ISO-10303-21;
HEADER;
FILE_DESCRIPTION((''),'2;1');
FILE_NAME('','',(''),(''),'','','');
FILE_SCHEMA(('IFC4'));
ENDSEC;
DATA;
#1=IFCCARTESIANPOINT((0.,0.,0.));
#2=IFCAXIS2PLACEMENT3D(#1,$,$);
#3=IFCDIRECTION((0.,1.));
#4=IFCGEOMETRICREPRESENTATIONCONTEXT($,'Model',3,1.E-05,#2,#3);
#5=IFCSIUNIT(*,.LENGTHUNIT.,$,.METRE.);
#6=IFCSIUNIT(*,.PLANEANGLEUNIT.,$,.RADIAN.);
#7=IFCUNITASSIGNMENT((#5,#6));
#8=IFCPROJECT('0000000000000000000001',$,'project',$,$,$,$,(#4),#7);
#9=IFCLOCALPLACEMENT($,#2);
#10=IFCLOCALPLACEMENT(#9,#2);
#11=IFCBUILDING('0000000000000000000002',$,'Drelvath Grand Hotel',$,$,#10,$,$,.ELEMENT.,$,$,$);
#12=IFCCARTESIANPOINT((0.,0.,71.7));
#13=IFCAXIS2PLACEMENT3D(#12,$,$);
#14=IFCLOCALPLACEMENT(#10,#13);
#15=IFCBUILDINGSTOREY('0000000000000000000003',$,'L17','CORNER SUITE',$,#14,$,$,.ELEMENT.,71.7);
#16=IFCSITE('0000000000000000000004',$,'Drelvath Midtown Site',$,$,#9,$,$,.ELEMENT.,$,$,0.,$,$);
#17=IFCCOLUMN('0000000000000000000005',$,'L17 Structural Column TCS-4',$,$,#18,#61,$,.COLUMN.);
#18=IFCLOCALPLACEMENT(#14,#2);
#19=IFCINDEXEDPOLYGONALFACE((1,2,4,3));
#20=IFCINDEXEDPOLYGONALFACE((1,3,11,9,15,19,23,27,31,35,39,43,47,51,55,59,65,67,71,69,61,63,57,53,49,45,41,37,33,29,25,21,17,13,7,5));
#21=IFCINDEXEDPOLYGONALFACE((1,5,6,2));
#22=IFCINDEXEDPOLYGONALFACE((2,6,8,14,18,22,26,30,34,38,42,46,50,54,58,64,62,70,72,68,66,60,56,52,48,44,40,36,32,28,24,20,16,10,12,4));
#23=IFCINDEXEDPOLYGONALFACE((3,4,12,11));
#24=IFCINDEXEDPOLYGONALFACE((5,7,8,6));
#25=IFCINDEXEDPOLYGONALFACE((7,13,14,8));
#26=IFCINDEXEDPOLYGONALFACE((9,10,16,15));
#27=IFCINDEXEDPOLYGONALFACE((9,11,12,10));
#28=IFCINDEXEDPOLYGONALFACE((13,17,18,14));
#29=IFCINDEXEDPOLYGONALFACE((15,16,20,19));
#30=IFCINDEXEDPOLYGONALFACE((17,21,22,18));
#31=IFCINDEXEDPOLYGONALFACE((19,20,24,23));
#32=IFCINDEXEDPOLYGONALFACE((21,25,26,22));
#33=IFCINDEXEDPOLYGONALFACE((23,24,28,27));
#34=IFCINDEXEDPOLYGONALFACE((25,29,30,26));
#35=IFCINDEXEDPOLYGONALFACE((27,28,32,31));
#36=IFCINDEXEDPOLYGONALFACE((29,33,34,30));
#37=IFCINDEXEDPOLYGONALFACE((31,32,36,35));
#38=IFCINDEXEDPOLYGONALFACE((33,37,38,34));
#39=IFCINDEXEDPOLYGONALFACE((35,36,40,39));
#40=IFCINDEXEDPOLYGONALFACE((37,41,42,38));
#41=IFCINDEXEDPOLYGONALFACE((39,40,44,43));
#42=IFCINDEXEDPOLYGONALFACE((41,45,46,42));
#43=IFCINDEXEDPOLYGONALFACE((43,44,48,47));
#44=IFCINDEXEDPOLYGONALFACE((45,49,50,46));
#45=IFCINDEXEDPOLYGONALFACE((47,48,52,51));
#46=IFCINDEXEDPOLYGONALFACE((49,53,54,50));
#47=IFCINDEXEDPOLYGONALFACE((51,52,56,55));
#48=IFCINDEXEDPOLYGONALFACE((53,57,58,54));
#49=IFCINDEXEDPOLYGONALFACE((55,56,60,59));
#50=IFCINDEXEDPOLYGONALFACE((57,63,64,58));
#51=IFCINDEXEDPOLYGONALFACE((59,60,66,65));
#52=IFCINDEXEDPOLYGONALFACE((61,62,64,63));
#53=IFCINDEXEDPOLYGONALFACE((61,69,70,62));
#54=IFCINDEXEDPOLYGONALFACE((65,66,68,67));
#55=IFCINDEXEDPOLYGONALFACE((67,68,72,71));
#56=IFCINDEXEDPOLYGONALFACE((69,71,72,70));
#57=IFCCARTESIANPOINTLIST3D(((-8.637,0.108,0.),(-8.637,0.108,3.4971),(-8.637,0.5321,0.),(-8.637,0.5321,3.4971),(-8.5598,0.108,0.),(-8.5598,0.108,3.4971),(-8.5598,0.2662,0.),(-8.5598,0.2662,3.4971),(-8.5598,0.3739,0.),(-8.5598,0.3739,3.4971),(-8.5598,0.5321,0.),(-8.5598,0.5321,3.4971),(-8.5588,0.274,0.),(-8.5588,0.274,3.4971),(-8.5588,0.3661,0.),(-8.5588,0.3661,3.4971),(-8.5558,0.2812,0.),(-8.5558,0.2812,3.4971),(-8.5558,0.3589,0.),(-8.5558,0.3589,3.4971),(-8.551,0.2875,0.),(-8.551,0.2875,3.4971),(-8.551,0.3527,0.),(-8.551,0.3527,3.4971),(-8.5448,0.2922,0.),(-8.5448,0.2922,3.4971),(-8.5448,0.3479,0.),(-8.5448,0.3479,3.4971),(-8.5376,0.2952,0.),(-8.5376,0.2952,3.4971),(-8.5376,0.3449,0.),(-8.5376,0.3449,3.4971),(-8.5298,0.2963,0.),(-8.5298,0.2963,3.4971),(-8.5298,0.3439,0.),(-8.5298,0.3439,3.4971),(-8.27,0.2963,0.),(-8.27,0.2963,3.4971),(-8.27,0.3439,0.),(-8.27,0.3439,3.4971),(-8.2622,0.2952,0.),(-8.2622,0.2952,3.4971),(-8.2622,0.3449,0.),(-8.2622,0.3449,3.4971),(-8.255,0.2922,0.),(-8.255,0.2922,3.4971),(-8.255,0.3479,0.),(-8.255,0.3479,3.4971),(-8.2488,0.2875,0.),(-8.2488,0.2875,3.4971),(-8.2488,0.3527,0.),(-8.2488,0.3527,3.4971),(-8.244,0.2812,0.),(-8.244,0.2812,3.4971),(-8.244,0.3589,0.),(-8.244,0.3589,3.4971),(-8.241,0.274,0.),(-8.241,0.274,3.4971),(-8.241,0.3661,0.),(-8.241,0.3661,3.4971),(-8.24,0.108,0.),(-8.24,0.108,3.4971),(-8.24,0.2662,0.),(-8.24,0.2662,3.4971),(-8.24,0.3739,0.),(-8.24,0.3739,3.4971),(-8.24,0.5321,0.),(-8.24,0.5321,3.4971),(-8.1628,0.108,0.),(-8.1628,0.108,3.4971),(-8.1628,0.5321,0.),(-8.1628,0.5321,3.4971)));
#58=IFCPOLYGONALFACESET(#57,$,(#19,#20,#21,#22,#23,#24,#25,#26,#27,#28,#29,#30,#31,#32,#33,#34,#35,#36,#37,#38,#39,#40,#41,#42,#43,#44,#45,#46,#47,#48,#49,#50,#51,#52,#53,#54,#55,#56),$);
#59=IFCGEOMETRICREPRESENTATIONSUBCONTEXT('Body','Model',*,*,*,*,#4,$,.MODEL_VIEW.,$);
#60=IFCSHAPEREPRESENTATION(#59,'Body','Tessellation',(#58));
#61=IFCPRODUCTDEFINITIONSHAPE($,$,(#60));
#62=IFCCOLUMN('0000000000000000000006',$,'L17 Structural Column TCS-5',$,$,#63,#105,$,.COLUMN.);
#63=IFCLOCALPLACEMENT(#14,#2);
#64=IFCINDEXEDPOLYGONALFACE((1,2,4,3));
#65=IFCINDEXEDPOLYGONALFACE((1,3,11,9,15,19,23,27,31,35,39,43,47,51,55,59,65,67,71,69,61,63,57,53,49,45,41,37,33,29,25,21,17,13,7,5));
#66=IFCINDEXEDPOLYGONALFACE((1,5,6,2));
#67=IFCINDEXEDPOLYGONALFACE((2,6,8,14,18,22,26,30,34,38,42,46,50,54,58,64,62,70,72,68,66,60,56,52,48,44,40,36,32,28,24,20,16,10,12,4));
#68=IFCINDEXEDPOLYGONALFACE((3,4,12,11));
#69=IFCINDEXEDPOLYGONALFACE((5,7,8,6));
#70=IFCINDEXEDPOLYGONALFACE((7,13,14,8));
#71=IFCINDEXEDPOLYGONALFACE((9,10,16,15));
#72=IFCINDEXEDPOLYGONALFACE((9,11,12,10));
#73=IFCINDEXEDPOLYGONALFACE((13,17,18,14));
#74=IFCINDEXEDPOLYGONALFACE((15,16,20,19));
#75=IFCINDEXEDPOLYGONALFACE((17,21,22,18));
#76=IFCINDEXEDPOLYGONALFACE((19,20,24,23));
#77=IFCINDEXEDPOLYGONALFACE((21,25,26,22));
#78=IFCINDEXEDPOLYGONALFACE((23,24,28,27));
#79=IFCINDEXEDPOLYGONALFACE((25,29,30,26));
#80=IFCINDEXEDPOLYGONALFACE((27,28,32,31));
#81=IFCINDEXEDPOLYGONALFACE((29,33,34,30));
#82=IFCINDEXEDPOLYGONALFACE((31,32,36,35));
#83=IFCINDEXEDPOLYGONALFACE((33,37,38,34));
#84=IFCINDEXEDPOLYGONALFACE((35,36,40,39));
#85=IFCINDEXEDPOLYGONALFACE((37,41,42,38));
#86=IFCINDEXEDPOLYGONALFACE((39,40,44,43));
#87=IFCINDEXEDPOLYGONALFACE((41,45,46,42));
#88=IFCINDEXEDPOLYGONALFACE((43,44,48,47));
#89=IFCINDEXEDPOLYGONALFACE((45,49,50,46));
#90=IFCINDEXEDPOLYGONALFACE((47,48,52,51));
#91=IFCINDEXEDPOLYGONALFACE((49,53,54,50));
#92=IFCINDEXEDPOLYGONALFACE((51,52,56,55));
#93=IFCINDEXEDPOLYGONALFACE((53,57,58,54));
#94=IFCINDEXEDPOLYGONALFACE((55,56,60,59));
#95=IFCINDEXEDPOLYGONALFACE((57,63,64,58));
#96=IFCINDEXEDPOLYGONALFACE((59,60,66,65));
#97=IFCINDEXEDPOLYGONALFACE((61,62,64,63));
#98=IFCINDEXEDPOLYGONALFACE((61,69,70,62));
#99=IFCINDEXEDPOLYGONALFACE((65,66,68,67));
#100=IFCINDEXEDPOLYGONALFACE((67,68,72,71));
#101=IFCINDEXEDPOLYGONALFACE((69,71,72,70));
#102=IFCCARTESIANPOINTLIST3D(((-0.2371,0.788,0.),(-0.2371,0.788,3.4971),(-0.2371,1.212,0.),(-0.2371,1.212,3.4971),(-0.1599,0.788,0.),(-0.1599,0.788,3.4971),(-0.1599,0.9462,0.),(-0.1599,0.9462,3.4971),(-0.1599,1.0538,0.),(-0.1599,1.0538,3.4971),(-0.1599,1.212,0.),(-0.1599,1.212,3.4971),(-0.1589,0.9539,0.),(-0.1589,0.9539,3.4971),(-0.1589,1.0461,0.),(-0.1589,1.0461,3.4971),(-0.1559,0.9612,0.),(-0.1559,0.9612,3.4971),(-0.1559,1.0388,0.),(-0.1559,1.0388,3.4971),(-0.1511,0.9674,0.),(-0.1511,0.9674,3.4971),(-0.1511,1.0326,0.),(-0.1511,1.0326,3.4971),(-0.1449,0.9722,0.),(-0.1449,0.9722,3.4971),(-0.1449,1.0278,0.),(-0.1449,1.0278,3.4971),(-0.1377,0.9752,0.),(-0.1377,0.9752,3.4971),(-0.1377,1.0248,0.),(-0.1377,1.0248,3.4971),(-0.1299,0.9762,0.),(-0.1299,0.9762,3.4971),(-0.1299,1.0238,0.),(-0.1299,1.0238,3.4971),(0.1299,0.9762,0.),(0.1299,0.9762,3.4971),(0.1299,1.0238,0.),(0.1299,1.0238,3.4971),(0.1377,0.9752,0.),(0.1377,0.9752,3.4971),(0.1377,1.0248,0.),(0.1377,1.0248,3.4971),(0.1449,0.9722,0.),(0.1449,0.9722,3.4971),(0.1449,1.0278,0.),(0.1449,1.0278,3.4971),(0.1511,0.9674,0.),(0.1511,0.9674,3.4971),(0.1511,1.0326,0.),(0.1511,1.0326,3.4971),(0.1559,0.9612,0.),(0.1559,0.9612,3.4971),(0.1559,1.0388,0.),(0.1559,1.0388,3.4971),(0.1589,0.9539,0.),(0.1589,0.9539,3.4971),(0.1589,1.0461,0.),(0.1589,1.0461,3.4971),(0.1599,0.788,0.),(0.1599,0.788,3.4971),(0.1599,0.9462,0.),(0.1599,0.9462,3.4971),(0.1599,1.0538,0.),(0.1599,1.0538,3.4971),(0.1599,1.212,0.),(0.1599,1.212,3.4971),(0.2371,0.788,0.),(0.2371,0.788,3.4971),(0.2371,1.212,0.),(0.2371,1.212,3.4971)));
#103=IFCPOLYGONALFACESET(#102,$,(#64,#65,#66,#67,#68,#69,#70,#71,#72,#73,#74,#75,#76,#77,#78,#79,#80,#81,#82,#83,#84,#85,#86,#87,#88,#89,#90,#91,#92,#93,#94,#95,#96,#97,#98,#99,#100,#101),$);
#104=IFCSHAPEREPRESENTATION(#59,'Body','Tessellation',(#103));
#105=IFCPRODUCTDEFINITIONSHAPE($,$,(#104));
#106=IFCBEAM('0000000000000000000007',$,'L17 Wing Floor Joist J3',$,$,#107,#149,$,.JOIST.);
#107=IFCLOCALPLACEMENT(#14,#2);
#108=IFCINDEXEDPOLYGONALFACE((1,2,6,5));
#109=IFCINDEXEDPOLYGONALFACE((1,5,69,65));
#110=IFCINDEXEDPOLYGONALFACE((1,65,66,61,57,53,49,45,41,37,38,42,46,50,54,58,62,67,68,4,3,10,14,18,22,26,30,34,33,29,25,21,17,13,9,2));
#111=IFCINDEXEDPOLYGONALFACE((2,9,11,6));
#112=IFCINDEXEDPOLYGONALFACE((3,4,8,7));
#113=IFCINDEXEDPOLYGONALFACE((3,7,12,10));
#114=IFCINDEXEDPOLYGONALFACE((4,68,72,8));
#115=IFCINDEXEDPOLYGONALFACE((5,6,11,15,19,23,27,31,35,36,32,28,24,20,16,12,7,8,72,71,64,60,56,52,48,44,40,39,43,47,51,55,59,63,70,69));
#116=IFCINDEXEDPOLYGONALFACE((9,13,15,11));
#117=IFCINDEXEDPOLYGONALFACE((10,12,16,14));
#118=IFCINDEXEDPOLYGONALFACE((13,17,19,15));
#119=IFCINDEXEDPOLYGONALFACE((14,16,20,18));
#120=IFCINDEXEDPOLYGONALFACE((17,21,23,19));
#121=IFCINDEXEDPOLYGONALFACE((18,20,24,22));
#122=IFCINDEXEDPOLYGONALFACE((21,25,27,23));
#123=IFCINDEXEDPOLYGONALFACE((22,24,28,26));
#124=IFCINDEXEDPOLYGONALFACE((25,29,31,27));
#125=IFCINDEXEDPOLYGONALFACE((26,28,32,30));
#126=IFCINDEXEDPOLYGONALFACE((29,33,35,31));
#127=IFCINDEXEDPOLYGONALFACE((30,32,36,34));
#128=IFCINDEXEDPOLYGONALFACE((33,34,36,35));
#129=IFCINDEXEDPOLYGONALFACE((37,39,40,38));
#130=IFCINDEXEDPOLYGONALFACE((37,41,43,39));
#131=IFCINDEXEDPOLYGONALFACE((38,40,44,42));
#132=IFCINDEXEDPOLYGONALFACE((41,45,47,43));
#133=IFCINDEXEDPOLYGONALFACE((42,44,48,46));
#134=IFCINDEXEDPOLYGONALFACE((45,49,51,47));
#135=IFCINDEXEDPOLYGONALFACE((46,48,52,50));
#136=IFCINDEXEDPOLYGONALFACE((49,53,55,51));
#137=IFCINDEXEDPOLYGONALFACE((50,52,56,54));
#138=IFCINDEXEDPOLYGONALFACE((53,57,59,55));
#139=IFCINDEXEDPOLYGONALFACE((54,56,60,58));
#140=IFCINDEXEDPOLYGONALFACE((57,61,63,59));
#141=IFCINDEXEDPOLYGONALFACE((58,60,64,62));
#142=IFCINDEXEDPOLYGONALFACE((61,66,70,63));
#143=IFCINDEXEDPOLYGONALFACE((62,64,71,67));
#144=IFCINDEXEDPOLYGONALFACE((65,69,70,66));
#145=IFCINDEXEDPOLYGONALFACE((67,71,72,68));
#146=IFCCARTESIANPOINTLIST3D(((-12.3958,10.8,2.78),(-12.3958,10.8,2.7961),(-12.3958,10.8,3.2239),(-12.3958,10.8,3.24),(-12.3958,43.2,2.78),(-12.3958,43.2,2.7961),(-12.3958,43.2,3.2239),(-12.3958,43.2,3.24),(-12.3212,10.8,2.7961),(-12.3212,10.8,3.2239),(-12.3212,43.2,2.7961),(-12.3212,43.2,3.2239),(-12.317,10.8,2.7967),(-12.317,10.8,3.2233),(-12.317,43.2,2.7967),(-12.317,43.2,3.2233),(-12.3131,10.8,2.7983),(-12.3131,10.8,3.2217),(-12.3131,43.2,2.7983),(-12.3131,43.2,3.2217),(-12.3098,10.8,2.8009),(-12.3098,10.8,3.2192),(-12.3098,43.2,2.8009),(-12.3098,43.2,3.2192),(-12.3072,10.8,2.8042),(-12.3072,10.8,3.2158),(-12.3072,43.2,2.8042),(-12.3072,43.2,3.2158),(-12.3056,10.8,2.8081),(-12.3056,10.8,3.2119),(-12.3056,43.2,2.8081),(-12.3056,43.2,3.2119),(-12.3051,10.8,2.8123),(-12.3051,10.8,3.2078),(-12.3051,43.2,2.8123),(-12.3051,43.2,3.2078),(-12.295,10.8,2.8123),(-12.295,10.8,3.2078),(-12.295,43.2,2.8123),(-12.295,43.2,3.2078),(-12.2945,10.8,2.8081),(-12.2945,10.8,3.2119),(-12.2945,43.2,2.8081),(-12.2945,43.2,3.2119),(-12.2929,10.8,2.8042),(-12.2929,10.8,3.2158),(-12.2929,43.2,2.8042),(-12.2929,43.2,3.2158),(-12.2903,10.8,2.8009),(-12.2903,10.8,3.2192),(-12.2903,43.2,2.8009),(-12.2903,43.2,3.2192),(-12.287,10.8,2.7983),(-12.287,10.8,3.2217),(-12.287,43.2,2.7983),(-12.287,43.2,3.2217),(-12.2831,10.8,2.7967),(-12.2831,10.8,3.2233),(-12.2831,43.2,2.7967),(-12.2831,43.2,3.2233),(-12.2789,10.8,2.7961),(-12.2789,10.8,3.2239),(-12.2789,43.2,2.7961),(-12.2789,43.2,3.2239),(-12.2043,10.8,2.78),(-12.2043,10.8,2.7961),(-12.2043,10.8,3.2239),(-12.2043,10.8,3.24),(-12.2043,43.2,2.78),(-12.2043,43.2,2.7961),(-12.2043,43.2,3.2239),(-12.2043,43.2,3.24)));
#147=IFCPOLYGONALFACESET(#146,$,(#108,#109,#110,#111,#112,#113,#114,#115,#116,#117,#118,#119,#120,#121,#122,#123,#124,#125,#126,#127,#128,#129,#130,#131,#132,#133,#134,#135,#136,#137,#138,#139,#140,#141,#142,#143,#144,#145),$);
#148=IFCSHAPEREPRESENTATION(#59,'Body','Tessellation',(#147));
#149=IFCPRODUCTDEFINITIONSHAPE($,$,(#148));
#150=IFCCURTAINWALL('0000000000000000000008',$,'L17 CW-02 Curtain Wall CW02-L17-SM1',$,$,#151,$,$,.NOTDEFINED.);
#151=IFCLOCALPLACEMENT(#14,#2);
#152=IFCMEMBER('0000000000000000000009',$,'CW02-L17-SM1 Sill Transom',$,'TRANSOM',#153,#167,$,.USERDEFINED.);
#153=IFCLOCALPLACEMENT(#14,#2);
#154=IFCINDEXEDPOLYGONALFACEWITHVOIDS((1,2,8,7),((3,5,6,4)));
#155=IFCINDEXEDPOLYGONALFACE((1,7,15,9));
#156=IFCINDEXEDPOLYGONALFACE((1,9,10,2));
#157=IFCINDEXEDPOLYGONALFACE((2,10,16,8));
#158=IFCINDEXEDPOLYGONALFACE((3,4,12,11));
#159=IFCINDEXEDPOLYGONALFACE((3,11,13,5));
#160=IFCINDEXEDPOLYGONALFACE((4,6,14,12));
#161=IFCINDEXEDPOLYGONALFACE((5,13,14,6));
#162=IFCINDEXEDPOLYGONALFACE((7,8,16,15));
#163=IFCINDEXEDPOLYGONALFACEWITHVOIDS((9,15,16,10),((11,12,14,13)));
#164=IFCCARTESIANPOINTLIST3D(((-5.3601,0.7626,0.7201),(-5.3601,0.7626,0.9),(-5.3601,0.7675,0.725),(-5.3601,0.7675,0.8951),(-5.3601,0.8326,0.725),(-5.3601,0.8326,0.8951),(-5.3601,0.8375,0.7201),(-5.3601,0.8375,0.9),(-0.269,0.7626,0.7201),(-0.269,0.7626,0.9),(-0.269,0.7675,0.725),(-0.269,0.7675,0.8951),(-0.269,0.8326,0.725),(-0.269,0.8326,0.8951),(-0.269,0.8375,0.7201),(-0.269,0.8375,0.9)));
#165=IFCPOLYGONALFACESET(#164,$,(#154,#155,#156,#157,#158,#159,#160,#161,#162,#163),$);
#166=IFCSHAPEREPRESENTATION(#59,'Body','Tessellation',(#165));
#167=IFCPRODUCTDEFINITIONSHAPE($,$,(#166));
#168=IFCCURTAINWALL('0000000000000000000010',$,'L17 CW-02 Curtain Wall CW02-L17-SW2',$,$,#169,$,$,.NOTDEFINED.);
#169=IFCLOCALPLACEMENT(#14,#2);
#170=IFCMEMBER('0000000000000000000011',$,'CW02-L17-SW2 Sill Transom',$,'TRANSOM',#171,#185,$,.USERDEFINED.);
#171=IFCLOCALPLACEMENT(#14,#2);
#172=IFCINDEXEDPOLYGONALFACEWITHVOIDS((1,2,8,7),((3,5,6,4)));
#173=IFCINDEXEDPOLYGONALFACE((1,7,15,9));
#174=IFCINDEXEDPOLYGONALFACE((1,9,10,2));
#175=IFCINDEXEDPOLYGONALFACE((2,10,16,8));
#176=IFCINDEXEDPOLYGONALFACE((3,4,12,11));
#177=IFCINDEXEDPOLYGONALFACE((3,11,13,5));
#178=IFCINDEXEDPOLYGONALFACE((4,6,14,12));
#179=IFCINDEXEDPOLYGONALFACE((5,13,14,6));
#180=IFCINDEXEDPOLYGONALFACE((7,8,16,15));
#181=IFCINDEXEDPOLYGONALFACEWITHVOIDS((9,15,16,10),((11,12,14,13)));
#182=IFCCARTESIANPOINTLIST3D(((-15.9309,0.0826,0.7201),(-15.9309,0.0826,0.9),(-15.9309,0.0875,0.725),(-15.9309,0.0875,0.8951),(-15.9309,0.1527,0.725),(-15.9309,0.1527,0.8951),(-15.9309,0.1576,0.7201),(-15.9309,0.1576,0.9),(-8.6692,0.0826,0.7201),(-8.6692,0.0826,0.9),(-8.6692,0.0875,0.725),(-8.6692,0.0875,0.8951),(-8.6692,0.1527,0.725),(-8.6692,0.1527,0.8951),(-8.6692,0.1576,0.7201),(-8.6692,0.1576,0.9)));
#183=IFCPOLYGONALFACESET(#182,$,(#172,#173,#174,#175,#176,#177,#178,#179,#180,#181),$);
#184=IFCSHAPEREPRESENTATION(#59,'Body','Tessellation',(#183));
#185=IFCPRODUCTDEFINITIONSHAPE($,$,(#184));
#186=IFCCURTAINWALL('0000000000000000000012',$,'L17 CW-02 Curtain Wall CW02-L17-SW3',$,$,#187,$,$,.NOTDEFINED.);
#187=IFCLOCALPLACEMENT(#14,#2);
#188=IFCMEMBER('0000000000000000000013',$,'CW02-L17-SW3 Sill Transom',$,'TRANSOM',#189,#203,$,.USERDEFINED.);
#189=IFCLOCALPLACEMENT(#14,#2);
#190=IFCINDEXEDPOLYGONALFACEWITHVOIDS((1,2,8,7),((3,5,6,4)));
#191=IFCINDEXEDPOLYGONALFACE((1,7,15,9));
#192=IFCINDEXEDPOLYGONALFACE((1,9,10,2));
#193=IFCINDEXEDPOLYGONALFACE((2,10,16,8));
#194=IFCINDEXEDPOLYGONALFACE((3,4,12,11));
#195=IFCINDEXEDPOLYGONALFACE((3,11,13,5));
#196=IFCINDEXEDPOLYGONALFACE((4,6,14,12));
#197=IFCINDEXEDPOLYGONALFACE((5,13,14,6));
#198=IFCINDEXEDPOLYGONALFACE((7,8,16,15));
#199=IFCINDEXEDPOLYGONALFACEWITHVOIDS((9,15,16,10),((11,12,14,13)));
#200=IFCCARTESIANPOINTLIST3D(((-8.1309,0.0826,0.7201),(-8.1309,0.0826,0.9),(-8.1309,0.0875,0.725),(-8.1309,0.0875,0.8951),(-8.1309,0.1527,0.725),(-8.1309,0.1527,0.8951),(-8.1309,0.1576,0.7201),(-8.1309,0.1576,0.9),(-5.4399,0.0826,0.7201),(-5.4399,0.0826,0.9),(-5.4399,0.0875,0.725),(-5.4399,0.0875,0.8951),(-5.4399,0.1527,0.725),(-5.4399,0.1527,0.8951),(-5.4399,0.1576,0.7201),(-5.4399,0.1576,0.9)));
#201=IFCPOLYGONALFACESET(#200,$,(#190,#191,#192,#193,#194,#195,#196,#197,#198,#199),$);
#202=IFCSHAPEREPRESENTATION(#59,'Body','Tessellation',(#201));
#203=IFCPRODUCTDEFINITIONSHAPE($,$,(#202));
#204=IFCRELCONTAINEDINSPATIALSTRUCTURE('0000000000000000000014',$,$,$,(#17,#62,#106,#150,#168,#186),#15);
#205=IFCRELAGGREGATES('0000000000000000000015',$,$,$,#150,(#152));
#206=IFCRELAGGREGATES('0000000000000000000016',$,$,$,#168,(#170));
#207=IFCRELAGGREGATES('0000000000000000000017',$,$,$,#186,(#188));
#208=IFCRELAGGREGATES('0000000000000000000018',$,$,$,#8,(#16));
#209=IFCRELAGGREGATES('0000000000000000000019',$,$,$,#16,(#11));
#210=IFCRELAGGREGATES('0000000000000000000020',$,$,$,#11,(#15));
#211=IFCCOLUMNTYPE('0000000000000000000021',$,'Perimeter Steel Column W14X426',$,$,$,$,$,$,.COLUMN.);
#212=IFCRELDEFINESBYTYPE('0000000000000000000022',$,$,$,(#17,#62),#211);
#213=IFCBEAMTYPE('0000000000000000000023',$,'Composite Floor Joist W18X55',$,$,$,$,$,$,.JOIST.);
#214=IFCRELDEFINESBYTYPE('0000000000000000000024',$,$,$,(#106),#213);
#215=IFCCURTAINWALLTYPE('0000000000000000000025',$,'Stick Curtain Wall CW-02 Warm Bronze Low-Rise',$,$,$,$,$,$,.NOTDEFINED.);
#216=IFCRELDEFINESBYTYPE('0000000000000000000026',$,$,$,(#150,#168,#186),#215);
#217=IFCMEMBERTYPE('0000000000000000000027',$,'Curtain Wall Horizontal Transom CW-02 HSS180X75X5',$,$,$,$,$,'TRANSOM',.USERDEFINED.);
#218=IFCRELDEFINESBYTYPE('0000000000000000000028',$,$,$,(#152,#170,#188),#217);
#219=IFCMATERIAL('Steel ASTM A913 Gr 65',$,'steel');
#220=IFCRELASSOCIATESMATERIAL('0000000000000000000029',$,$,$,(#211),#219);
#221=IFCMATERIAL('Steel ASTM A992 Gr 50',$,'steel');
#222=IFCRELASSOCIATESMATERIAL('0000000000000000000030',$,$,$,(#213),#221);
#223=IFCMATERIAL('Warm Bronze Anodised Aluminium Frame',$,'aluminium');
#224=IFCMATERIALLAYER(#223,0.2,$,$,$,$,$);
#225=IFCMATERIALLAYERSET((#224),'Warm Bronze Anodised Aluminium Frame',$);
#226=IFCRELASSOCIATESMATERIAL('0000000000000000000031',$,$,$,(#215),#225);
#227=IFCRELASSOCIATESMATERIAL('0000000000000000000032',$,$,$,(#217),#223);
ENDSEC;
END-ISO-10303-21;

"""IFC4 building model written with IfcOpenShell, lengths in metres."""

from ifc_helpers import new_model, si_unit, direction, frame, origin, origin_2d, place, context, subcontext, project, spatial, hollow_rectangle, i_section, extrude, material, layer, layer_set, material_profile, profile_set, type_object, element, aggregate, save


model = new_model("IFC4")

# Units and contexts
model_context = context("Model", 3, precision=1e-05, world=origin(), true_north=direction((0.0, 1.0)))
body_context = subcontext(model_context, "Body", "Model", "MODEL_VIEW")
ifc_project = project(units=[si_unit("LENGTHUNIT", "METRE"), si_unit("PLANEANGLEUNIT", "RADIAN")], contexts=[model_context])

# Site, building, storey
site_placement = place(None, origin())
site = spatial("IfcSite", under=ifc_project, at=site_placement, Name="Drelvath Midtown Site", CompositionType="ELEMENT", RefElevation=0.0)
building_placement = place(site_placement, origin())
building = spatial("IfcBuilding", under=site, at=building_placement, Name="Drelvath Grand Hotel", CompositionType="ELEMENT")
storey_placement = place(building_placement, frame((0.0, 0.0, 71.7)))
storey = spatial("IfcBuildingStorey", under=building, at=storey_placement, Name="L17", Description="CORNER SUITE", CompositionType="ELEMENT", Elevation=71.7)

# Columns
ifc_material_1 = material(Name="Steel ASTM A913 Gr 65", Category="steel")
ifc_material_profile_1 = material_profile(ifc_material_1, i_section(OverallWidth=0.4241, OverallDepth=0.4741, WebThickness=0.0476, FlangeThickness=0.0771, FilletRadius=0.03, at=origin_2d()), Name="W14X426")
ifc_profile_set_1 = profile_set([ifc_material_profile_1], Name="Steel ASTM A913 Gr 65")
column_type = type_object("IfcColumnType", Name="Perimeter Steel Column W14X426", PredefinedType="COLUMN", material=ifc_profile_set_1)
for number, where, z_axis, x_axis, name in (
    (1, (-8.3999, 0.3201, 0.0), (0.0, 0.0, 1.0), (0.0, 1.0, 0.0), "L17 Structural Column TCS-4"),
    (2, (0.0, 1.0, 0.0), (0.0, 0.0, 1.0), (0.0, 1.0, 0.0), "L17 Structural Column TCS-5"),
):
    element("IfcColumn", number, at=place(storey_placement, frame(where, z_axis=z_axis, x_axis=x_axis)), inside=storey, type_object=column_type, Name=name, PredefinedType="COLUMN", context=body_context, shape_type="SweptSolid", body=[
        extrude(i_section(OverallWidth=0.4241, OverallDepth=0.4741, WebThickness=0.0476, FlangeThickness=0.0771, FilletRadius=0.03, at=origin_2d()), origin(), (0.0, 0.0, 1.0), 3.4971),
    ])

# Beam
ifc_material_2 = material(Name="Steel ASTM A992 Gr 50", Category="steel")
ifc_material_profile_2 = material_profile(ifc_material_2, i_section(OverallWidth=0.1914, OverallDepth=0.46, WebThickness=0.01, FlangeThickness=0.0161, FilletRadius=0.0161, at=origin_2d()), Name="W18X55")
ifc_profile_set_2 = profile_set([ifc_material_profile_2], Name="Steel ASTM A992 Gr 50")
beam_type_1 = type_object("IfcBeamType", Name="Composite Floor Joist W18X55", PredefinedType="JOIST", material=ifc_profile_set_2)
beam_1_placement = place(storey_placement, frame((-12.3, 10.8, 3.01), z_axis=(0.0, 1.0, 0.0), x_axis=(-1.0, 0.0, 0.0)))
element("IfcBeam", 3, at=beam_1_placement, inside=storey, type_object=beam_type_1, Name="L17 Wing Floor Joist J3", PredefinedType="JOIST", context=body_context, shape_type="SweptSolid", body=[
    extrude(i_section(OverallWidth=0.1914, OverallDepth=0.46, WebThickness=0.01, FlangeThickness=0.0161, FilletRadius=0.0161, at=origin_2d()), origin(), (0.0, 0.0, 1.0), 32.3999),
])

# Curtain walls, members
ifc_material_3 = material(Name="Warm Bronze Anodised Aluminium Frame", Category="aluminium")
ifc_layer_1 = layer(ifc_material_3, 0.2)
ifc_layer_set_1 = layer_set([ifc_layer_1], Name="Warm Bronze Anodised Aluminium Frame")
curtain_wall_type = type_object("IfcCurtainWallType", Name="Stick Curtain Wall CW-02 Warm Bronze Low-Rise", PredefinedType="NOTDEFINED", material=ifc_layer_set_1)
curtain_wall_1_placement = place(storey_placement, origin())
curtain_wall_1 = element("IfcCurtainWall", 4, at=curtain_wall_1_placement, inside=storey, type_object=curtain_wall_type, Name="L17 CW-02 Curtain Wall CW02-L17-SM1", PredefinedType="NOTDEFINED")
ifc_material_profile_3 = material_profile(ifc_material_3, hollow_rectangle(XDim=0.075, YDim=0.1799, WallThickness=0.0049, at=origin_2d()), Name="HSS180X75X5")
ifc_profile_set_3 = profile_set([ifc_material_profile_3], Name="Warm Bronze Anodised Aluminium Frame")
member_type_1 = type_object("IfcMemberType", Name="Curtain Wall Horizontal Transom CW-02 HSS180X75X5", ElementType="TRANSOM", PredefinedType="USERDEFINED", material=ifc_profile_set_3)
member_1_placement = place(storey_placement, frame((-0.269, 0.8, 0.8101), z_axis=(-1.0, 0.0, 0.0), x_axis=(0.0, -1.0, 0.0)))
member_1 = element("IfcMember", 5, at=member_1_placement, type_object=member_type_1, Name="CW02-L17-SM1 Sill Transom", ObjectType="TRANSOM", PredefinedType="USERDEFINED", context=body_context, shape_type="SweptSolid", body=[
    extrude(hollow_rectangle(XDim=0.075, YDim=0.1799, WallThickness=0.0049, at=origin_2d()), origin(), (0.0, 0.0, 1.0), 5.0911),
])
curtain_wall_2_placement = place(storey_placement, origin())
curtain_wall_2 = element("IfcCurtainWall", 6, at=curtain_wall_2_placement, inside=storey, type_object=curtain_wall_type, Name="L17 CW-02 Curtain Wall CW02-L17-SW2", PredefinedType="NOTDEFINED")
member_2_placement = place(storey_placement, frame((-8.6692, 0.1201, 0.8101), z_axis=(-1.0, 0.0, 0.0), x_axis=(0.0, -1.0, 0.0)))
member_2 = element("IfcMember", 7, at=member_2_placement, type_object=member_type_1, Name="CW02-L17-SW2 Sill Transom", ObjectType="TRANSOM", PredefinedType="USERDEFINED", context=body_context, shape_type="SweptSolid", body=[
    extrude(hollow_rectangle(XDim=0.075, YDim=0.1799, WallThickness=0.0049, at=origin_2d()), origin(), (0.0, 0.0, 1.0), 7.2617),
])
curtain_wall_3_placement = place(storey_placement, origin())
curtain_wall_3 = element("IfcCurtainWall", 8, at=curtain_wall_3_placement, inside=storey, type_object=curtain_wall_type, Name="L17 CW-02 Curtain Wall CW02-L17-SW3", PredefinedType="NOTDEFINED")
member_3_placement = place(storey_placement, frame((-5.4399, 0.1201, 0.8101), z_axis=(-1.0, 0.0, 0.0), x_axis=(0.0, -1.0, 0.0)))
member_3 = element("IfcMember", 9, at=member_3_placement, type_object=member_type_1, Name="CW02-L17-SW3 Sill Transom", ObjectType="TRANSOM", PredefinedType="USERDEFINED", context=body_context, shape_type="SweptSolid", body=[
    extrude(hollow_rectangle(XDim=0.075, YDim=0.1799, WallThickness=0.0049, at=origin_2d()), origin(), (0.0, 0.0, 1.0), 2.6909),
])

aggregate(curtain_wall_1, [member_1])
aggregate(curtain_wall_2, [member_2])
aggregate(curtain_wall_3, [member_3])

save(model, "model.ifc")
